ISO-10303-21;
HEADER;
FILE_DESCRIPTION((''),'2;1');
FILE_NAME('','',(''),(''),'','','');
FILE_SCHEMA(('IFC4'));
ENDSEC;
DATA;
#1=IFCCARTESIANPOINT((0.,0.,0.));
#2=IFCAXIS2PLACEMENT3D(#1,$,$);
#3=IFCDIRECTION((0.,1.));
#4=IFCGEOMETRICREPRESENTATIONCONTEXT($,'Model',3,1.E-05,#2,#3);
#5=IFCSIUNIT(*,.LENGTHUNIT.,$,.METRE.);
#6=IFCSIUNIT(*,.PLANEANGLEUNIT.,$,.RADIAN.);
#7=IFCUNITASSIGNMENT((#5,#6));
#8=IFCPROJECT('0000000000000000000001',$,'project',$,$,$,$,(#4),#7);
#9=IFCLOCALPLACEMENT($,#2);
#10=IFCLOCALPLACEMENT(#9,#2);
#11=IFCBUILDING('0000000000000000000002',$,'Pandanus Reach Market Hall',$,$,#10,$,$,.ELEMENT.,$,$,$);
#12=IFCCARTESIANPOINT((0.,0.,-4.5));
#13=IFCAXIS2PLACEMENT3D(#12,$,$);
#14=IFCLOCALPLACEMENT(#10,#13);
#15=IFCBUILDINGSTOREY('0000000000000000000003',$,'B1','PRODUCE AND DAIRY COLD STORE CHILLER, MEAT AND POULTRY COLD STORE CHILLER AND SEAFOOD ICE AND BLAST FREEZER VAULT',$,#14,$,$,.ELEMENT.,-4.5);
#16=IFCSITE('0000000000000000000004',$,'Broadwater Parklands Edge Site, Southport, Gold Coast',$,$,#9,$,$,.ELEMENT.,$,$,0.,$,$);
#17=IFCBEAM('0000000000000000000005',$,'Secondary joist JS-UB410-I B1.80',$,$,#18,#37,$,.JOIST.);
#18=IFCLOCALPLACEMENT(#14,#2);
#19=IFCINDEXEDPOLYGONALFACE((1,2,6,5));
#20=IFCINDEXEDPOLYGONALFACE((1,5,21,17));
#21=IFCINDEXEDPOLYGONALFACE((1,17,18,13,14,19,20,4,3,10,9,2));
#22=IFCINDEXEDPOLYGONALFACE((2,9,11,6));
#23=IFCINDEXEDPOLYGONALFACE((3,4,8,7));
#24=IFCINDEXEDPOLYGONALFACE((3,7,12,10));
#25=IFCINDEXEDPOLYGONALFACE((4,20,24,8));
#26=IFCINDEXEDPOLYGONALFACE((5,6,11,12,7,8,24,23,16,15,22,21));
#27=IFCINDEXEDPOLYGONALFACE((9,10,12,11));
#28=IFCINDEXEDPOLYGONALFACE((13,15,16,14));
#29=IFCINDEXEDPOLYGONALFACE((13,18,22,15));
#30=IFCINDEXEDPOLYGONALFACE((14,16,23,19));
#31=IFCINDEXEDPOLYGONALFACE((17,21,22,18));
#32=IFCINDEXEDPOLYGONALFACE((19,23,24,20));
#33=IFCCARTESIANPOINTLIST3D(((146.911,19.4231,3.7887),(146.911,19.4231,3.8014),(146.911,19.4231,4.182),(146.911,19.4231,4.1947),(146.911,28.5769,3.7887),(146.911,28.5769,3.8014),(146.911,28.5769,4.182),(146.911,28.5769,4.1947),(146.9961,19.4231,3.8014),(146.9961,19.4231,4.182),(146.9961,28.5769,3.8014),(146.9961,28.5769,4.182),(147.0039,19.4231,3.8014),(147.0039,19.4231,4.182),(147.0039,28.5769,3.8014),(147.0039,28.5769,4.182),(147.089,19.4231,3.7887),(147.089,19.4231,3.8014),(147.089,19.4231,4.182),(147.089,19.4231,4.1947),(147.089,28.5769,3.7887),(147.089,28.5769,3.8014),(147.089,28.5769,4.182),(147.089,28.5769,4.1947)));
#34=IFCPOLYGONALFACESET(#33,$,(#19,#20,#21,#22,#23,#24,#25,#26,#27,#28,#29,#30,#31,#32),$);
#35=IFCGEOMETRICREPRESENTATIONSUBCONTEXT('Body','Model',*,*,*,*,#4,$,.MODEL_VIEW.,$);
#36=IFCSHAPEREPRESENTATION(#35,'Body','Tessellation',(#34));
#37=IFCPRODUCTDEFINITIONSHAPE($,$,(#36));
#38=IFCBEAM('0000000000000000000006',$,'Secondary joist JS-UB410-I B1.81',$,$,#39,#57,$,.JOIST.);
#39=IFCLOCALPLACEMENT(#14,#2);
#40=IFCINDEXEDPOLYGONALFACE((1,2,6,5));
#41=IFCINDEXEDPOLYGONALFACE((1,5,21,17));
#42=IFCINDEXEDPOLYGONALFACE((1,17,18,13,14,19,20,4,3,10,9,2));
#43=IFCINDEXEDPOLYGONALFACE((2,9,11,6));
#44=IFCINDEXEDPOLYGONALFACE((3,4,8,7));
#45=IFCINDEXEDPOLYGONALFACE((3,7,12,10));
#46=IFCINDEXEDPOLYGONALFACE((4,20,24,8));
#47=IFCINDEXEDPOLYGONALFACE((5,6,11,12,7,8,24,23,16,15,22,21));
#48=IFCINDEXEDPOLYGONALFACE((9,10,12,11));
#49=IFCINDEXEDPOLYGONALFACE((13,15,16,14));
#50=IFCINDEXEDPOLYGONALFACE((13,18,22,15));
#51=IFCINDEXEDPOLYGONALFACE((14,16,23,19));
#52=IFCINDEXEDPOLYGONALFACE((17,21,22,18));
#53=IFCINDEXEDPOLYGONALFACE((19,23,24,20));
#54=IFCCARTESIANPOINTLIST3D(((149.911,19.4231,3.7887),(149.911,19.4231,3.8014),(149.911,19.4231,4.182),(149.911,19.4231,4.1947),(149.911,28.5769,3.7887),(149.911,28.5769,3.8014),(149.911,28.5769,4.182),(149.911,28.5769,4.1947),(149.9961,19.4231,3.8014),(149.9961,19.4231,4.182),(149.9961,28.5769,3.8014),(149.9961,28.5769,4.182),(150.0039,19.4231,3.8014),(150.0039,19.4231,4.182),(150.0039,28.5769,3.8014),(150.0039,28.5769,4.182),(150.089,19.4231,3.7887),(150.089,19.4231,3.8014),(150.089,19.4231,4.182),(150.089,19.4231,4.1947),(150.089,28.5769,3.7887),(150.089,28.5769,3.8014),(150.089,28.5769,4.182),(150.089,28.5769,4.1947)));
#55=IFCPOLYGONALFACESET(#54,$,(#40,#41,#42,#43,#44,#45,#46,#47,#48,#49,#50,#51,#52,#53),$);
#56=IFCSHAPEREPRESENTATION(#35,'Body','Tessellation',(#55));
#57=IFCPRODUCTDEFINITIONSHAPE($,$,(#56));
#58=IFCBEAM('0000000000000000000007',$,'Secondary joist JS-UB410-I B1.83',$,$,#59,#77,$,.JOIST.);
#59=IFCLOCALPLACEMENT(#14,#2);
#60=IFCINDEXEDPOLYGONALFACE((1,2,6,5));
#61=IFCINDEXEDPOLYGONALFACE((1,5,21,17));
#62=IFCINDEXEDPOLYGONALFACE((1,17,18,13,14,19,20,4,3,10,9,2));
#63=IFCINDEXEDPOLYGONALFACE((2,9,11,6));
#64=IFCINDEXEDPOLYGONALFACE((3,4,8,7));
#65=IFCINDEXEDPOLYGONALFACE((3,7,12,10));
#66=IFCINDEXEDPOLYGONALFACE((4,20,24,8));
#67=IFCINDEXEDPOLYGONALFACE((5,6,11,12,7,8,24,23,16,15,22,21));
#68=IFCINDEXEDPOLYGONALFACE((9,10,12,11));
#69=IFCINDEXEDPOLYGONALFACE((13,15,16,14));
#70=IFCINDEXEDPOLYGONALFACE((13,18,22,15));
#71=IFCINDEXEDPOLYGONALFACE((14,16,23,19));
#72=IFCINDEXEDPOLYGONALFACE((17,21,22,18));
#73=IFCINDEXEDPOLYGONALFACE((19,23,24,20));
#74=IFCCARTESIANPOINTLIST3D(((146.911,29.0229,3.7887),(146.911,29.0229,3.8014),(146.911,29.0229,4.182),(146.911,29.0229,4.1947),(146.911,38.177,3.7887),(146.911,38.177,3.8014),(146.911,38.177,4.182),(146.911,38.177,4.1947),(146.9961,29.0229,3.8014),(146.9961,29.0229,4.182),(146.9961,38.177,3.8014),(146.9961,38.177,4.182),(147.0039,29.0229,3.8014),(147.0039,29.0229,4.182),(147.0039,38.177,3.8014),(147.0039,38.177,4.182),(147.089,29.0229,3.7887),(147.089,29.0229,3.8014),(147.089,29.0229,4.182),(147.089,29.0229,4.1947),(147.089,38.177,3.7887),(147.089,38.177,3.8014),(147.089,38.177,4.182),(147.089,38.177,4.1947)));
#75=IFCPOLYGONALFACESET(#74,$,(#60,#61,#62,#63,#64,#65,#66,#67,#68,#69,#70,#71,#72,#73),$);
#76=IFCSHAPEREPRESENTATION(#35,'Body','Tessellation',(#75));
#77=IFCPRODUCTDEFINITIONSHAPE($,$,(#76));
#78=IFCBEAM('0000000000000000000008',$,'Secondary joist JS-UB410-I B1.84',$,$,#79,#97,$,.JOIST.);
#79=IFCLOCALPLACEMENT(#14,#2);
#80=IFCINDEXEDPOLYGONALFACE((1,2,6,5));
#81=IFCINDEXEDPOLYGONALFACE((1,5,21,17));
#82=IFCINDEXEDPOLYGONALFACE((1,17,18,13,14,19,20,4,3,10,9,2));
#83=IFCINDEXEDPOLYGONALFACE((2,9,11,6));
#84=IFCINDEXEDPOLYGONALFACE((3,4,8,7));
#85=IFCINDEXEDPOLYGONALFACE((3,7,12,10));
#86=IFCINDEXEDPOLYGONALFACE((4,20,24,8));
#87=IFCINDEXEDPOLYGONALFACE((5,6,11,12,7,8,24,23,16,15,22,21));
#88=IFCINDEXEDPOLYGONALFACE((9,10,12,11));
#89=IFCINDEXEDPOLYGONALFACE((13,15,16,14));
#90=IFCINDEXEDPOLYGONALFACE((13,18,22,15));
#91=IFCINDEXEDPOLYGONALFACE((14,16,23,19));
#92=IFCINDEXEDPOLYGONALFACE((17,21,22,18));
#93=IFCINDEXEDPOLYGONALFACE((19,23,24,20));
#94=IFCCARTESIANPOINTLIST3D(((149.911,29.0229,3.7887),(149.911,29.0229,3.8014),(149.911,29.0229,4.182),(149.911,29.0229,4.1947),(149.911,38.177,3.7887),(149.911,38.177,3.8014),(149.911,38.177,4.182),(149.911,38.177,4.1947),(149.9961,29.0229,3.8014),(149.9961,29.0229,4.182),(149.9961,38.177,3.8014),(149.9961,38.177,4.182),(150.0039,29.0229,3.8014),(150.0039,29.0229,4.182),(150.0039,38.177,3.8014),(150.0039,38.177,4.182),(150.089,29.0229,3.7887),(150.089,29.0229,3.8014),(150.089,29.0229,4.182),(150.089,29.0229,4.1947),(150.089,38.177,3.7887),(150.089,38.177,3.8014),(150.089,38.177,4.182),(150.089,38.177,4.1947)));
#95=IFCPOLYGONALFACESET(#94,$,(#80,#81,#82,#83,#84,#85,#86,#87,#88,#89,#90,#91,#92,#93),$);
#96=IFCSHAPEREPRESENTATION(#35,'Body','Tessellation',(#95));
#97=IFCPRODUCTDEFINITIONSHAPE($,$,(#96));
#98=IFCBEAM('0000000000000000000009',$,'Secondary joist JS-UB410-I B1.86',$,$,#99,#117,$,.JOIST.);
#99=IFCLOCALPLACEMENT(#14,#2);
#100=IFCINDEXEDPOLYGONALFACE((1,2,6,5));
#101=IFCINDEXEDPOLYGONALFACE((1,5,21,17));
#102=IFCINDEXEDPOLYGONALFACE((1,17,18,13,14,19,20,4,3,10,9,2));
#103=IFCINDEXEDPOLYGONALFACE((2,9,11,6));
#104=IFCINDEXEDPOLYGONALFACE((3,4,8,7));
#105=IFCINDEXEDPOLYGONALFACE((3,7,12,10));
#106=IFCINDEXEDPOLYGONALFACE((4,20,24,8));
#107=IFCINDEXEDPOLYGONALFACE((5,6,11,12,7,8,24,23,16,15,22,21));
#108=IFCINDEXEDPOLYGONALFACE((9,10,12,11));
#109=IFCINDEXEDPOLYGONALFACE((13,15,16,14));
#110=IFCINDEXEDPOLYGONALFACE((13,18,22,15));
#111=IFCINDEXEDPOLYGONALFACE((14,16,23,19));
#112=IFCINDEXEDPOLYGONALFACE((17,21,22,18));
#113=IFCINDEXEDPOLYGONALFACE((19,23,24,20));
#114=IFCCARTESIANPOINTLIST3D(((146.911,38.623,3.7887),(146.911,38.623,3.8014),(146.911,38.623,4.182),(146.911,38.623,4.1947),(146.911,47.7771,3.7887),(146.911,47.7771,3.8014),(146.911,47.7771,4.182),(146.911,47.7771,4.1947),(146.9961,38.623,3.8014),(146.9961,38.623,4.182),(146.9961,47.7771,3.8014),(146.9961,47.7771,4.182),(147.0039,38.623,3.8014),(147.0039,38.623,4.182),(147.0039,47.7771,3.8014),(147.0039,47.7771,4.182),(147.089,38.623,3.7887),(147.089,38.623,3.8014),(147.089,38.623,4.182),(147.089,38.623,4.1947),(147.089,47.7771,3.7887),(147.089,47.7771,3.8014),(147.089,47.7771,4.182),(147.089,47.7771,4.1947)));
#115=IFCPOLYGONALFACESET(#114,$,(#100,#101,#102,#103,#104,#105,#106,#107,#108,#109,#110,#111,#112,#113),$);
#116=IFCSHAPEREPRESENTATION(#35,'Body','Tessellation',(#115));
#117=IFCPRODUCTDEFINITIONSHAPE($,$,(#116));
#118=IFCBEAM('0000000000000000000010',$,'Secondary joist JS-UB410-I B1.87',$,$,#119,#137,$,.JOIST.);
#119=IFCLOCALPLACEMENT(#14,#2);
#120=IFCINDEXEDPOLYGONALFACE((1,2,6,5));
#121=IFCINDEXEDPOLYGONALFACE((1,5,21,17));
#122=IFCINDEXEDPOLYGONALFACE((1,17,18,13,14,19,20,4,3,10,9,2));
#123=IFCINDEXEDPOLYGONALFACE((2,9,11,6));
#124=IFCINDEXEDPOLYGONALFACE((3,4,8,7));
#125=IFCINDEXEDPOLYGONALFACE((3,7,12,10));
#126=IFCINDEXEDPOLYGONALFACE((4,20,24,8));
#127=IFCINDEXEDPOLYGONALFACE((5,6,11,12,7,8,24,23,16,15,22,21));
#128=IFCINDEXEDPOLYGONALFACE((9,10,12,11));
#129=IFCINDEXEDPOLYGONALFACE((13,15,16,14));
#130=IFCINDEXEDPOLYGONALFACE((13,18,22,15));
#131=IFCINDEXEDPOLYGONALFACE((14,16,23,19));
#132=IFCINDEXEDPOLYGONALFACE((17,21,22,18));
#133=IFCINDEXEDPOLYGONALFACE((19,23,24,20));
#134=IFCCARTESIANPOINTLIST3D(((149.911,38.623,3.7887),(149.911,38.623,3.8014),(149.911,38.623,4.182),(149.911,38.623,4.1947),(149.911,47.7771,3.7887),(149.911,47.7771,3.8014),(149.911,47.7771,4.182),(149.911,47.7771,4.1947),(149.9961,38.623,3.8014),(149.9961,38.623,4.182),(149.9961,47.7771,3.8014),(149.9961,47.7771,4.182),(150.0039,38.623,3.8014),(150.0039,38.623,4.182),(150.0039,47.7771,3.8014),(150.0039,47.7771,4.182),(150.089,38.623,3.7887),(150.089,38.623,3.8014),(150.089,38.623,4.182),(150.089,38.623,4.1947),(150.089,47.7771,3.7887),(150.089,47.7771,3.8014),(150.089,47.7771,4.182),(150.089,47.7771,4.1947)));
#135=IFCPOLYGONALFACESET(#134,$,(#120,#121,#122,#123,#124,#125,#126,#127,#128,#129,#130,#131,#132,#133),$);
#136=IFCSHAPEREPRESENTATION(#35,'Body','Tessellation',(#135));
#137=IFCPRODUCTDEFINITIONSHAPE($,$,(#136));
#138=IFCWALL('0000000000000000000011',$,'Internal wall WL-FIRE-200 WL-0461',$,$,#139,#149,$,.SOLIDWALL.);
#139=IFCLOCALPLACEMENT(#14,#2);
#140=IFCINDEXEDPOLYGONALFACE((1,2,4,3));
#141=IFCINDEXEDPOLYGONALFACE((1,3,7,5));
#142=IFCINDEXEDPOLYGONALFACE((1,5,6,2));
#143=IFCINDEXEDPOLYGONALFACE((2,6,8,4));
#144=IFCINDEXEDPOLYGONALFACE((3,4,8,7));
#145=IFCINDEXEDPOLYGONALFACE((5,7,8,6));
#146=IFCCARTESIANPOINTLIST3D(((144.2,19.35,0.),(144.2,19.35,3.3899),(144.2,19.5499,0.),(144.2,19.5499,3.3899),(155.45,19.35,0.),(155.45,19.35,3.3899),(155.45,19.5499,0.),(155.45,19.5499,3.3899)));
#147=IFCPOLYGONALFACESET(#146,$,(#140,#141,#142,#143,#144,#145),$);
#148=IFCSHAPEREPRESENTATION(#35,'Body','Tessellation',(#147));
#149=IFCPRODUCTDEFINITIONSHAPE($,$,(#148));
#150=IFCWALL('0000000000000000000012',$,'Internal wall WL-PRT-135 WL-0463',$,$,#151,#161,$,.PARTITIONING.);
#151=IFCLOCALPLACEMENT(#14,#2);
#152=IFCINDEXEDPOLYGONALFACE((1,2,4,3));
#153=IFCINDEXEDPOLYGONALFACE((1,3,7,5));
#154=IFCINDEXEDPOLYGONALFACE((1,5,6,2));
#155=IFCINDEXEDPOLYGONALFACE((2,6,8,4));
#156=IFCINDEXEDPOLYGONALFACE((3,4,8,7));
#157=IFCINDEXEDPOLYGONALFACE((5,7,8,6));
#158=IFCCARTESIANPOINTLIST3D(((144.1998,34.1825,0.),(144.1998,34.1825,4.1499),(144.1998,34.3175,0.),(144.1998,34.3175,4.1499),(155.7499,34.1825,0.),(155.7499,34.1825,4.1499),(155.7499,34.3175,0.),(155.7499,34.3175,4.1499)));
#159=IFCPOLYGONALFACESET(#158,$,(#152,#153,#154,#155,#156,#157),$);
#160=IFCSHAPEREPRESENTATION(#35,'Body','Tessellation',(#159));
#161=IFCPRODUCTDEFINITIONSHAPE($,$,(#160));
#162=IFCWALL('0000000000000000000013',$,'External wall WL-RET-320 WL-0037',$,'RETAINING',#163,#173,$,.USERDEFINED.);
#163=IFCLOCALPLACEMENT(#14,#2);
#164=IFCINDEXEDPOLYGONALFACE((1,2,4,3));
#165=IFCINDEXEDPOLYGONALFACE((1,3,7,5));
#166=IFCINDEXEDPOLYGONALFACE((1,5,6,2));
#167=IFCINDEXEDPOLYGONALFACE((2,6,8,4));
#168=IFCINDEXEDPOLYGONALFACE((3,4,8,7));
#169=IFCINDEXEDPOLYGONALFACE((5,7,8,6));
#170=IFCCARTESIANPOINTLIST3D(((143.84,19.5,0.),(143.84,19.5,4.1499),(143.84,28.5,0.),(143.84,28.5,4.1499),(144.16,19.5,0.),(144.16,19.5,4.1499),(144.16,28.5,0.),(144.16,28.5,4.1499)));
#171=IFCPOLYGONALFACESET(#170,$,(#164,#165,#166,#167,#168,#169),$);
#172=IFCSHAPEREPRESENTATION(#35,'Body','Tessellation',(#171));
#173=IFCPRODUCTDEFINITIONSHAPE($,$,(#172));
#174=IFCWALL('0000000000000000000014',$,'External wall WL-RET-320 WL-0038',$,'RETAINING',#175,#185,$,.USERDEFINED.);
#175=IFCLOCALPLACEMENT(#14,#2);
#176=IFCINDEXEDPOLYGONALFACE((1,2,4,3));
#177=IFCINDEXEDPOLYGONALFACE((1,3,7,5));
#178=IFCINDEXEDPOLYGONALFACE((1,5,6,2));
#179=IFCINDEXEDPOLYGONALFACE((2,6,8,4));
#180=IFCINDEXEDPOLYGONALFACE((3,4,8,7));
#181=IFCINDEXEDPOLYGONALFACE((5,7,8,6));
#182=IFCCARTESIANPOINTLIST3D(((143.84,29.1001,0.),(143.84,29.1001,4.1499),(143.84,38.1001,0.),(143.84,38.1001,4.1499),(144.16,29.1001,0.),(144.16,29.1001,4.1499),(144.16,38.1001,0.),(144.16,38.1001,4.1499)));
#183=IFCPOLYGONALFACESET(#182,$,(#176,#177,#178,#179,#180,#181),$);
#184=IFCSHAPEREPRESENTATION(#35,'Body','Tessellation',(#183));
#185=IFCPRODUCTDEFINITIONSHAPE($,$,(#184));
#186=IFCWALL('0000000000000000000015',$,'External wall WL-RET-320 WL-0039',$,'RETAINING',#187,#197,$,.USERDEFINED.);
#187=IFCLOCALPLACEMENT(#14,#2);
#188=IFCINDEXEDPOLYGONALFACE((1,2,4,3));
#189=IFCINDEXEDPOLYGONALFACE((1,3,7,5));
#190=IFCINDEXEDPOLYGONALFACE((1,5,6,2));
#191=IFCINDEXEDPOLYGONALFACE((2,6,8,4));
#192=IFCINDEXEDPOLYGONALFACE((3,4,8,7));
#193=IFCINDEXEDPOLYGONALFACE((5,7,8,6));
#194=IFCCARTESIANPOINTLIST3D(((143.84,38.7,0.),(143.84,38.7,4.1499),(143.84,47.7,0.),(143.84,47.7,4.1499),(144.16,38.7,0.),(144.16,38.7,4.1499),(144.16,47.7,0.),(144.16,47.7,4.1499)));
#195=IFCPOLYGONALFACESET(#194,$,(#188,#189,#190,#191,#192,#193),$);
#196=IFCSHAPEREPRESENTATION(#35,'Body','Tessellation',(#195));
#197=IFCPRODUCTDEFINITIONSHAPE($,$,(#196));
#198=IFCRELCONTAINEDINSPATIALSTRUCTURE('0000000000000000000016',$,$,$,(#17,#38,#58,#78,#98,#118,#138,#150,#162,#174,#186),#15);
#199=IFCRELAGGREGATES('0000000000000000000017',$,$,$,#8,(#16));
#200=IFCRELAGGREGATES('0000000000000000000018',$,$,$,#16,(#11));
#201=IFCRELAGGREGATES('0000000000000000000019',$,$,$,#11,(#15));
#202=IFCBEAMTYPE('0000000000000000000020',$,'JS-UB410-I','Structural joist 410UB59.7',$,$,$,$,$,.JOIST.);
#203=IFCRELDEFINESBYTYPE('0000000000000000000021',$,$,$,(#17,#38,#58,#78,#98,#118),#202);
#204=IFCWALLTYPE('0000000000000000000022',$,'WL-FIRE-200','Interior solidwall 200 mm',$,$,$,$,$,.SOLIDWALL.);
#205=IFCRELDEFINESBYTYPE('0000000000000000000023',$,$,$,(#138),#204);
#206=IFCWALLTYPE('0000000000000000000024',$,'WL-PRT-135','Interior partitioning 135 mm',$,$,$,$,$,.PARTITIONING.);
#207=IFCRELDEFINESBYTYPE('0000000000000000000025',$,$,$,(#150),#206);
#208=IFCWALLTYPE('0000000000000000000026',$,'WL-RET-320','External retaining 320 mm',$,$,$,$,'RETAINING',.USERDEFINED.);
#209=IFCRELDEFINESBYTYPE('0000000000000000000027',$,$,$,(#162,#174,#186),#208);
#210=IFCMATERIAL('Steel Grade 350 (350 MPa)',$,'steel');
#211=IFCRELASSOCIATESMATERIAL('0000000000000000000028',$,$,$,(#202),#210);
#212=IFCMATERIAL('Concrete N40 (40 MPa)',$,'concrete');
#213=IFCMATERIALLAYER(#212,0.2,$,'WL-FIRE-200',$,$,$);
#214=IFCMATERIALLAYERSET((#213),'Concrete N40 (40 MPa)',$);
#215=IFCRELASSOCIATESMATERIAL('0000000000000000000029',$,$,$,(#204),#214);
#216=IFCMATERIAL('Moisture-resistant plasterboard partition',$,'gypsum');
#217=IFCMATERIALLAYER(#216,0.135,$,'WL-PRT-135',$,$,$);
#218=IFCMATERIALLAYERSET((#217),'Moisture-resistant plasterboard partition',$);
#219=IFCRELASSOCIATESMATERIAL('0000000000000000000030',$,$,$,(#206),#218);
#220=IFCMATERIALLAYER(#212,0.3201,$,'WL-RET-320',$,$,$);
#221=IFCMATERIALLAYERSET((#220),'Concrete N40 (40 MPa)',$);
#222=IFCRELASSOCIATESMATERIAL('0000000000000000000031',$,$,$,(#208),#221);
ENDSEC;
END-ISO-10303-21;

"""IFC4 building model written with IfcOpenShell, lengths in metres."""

from ifc_helpers import new_model, si_unit, direction, frame, frame_2d, origin, origin_2d, place, context, subcontext, project, spatial, rectangle, i_section, extrude, material, layer, layer_set, material_profile, profile_set, type_object, element, save


model = new_model("IFC4")

# Units and contexts
model_context = context("Model", 3, precision=1e-05, world=origin(), true_north=direction((0.0, 1.0)))
body_context = subcontext(model_context, "Body", "Model", "MODEL_VIEW")
ifc_project = project(units=[si_unit("LENGTHUNIT", "METRE"), si_unit("PLANEANGLEUNIT", "RADIAN")], contexts=[model_context])

# Site, building, storey
site_placement = place(None, origin())
site = spatial("IfcSite", under=ifc_project, at=site_placement, Name="Broadwater Parklands Edge Site, Southport, Gold Coast", CompositionType="ELEMENT", RefElevation=0.0)
building_placement = place(site_placement, origin())
building = spatial("IfcBuilding", under=site, at=building_placement, Name="Pandanus Reach Market Hall", CompositionType="ELEMENT")
storey_placement = place(building_placement, frame((0.0, 0.0, -4.5)))
storey = spatial("IfcBuildingStorey", under=building, at=storey_placement, Name="B1", Description="PRODUCE AND DAIRY COLD STORE CHILLER, MEAT AND POULTRY COLD STORE CHILLER AND SEAFOOD ICE AND BLAST FREEZER VAULT", CompositionType="ELEMENT", Elevation=-4.5)

# Shared definitions
ifc_material_1 = material(Name="Concrete N40 (40 MPa)", Category="concrete")

# Beams
ifc_material_2 = material(Name="Steel Grade 350 (350 MPa)", Category="steel")
ifc_material_profile_1 = material_profile(ifc_material_2, i_section(OverallWidth=0.178, OverallDepth=0.406, WebThickness=0.0078, FlangeThickness=0.0127, at=origin_2d()), Name="410UB59.7", Category="LoadBearing")
ifc_profile_set_1 = profile_set([ifc_material_profile_1], Name="Steel Grade 350 (350 MPa)")
beam_type_1 = type_object("IfcBeamType", Name="JS-UB410-I", Description="Structural joist 410UB59.7", PredefinedType="JOIST", material=ifc_profile_set_1)
for number, where, z_axis, x_axis, name in (
    (1, (147.0, 19.4231, 3.9917), (0.0, 1.0, 0.0), (-1.0, 0.0, 0.0), "Secondary joist JS-UB410-I B1.80"),
    (2, (150.0, 19.4231, 3.9917), (0.0, 1.0, 0.0), (-1.0, 0.0, 0.0), "Secondary joist JS-UB410-I B1.81"),
):
    element("IfcBeam", number, at=place(storey_placement, frame(where, z_axis=z_axis, x_axis=x_axis)), inside=storey, type_object=beam_type_1, Name=name, PredefinedType="JOIST", context=body_context, shape_type="SweptSolid", body=[
        extrude(i_section(OverallWidth=0.178, OverallDepth=0.406, WebThickness=0.0078, FlangeThickness=0.0127, at=origin_2d()), origin(), (0.0, 0.0, 1.0), 9.1538),
    ])
for number, where, z_axis, x_axis, name in (
    (3, (147.0, 29.0229, 3.9917), (0.0, 1.0, 0.0), (-1.0, 0.0, 0.0), "Secondary joist JS-UB410-I B1.83"),
    (4, (150.0, 29.0229, 3.9917), (0.0, 1.0, 0.0), (-1.0, 0.0, 0.0), "Secondary joist JS-UB410-I B1.84"),
    (5, (147.0, 38.623, 3.9917), (0.0, 1.0, 0.0), (-1.0, 0.0, 0.0), "Secondary joist JS-UB410-I B1.86"),
    (6, (150.0, 38.623, 3.9917), (0.0, 1.0, 0.0), (-1.0, 0.0, 0.0), "Secondary joist JS-UB410-I B1.87"),
):
    element("IfcBeam", number, at=place(storey_placement, frame(where, z_axis=z_axis, x_axis=x_axis)), inside=storey, type_object=beam_type_1, Name=name, PredefinedType="JOIST", context=body_context, shape_type="SweptSolid", body=[
        extrude(i_section(OverallWidth=0.178, OverallDepth=0.406, WebThickness=0.0078, FlangeThickness=0.0127, at=origin_2d()), origin(), (0.0, 0.0, 1.0), 9.1541),
    ])

# Walls
ifc_layer_1 = layer(ifc_material_1, 0.2, Name="WL-FIRE-200")
ifc_layer_set_1 = layer_set([ifc_layer_1], Name="Concrete N40 (40 MPa)")
wall_type_1 = type_object("IfcWallType", Name="WL-FIRE-200", Description="Interior solidwall 200 mm", PredefinedType="SOLIDWALL", material=ifc_layer_set_1)
wall_1_placement = place(storey_placement, frame((144.2, 19.45, 0.0), z_axis=(0.0, 0.0, 1.0), x_axis=(1.0, 0.0, 0.0)))
element("IfcWall", 7, at=wall_1_placement, inside=storey, type_object=wall_type_1, Name="Internal wall WL-FIRE-200 WL-0461", PredefinedType="SOLIDWALL", context=body_context, shape_type="SweptSolid", body=[
    extrude(rectangle(XDim=11.25, YDim=0.2, at=frame_2d((5.625, 0.0))), origin(), (0.0, 0.0, 1.0), 3.3899),
])
ifc_material_3 = material(Name="Moisture-resistant plasterboard partition", Category="gypsum")
ifc_layer_2 = layer(ifc_material_3, 0.135, Name="WL-PRT-135")
ifc_layer_set_2 = layer_set([ifc_layer_2], Name="Moisture-resistant plasterboard partition")
wall_type_2 = type_object("IfcWallType", Name="WL-PRT-135", Description="Interior partitioning 135 mm", PredefinedType="PARTITIONING", material=ifc_layer_set_2)
wall_2_placement = place(storey_placement, frame((144.2, 34.25, 0.0), z_axis=(0.0, 0.0, 1.0), x_axis=(1.0, 0.0, 0.0)))
element("IfcWall", 8, at=wall_2_placement, inside=storey, type_object=wall_type_2, Name="Internal wall WL-PRT-135 WL-0463", PredefinedType="PARTITIONING", context=body_context, shape_type="SweptSolid", body=[
    extrude(rectangle(XDim=11.55, YDim=0.135, at=frame_2d((5.7749, 0.0))), origin(), (0.0, 0.0, 1.0), 4.1499),
])
ifc_layer_3 = layer(ifc_material_1, 0.3201, Name="WL-RET-320")
ifc_layer_set_3 = layer_set([ifc_layer_3], Name="Concrete N40 (40 MPa)")
wall_type_3 = type_object("IfcWallType", Name="WL-RET-320", Description="External retaining 320 mm", ElementType="RETAINING", PredefinedType="USERDEFINED", material=ifc_layer_set_3)
for number, where, z_axis, x_axis, name in (
    (9, (144.0, 19.5, 0.0), (0.0, 0.0, 1.0), (0.0, 1.0, 0.0), "External wall WL-RET-320 WL-0037"),
    (10, (144.0, 29.1001, 0.0), (0.0, 0.0, 1.0), (0.0, 1.0, 0.0), "External wall WL-RET-320 WL-0038"),
    (11, (144.0, 38.7, 0.0), (0.0, 0.0, 1.0), (0.0, 1.0, 0.0), "External wall WL-RET-320 WL-0039"),
):
    element("IfcWall", number, at=place(storey_placement, frame(where, z_axis=z_axis, x_axis=x_axis)), inside=storey, type_object=wall_type_3, Name=name, ObjectType="RETAINING", PredefinedType="USERDEFINED", context=body_context, shape_type="SweptSolid", body=[
        extrude(rectangle(XDim=9.0, YDim=0.3201, at=frame_2d((4.5, 0.0))), origin(), (0.0, 0.0, 1.0), 4.1499),
    ])

save(model, "model.ifc")
